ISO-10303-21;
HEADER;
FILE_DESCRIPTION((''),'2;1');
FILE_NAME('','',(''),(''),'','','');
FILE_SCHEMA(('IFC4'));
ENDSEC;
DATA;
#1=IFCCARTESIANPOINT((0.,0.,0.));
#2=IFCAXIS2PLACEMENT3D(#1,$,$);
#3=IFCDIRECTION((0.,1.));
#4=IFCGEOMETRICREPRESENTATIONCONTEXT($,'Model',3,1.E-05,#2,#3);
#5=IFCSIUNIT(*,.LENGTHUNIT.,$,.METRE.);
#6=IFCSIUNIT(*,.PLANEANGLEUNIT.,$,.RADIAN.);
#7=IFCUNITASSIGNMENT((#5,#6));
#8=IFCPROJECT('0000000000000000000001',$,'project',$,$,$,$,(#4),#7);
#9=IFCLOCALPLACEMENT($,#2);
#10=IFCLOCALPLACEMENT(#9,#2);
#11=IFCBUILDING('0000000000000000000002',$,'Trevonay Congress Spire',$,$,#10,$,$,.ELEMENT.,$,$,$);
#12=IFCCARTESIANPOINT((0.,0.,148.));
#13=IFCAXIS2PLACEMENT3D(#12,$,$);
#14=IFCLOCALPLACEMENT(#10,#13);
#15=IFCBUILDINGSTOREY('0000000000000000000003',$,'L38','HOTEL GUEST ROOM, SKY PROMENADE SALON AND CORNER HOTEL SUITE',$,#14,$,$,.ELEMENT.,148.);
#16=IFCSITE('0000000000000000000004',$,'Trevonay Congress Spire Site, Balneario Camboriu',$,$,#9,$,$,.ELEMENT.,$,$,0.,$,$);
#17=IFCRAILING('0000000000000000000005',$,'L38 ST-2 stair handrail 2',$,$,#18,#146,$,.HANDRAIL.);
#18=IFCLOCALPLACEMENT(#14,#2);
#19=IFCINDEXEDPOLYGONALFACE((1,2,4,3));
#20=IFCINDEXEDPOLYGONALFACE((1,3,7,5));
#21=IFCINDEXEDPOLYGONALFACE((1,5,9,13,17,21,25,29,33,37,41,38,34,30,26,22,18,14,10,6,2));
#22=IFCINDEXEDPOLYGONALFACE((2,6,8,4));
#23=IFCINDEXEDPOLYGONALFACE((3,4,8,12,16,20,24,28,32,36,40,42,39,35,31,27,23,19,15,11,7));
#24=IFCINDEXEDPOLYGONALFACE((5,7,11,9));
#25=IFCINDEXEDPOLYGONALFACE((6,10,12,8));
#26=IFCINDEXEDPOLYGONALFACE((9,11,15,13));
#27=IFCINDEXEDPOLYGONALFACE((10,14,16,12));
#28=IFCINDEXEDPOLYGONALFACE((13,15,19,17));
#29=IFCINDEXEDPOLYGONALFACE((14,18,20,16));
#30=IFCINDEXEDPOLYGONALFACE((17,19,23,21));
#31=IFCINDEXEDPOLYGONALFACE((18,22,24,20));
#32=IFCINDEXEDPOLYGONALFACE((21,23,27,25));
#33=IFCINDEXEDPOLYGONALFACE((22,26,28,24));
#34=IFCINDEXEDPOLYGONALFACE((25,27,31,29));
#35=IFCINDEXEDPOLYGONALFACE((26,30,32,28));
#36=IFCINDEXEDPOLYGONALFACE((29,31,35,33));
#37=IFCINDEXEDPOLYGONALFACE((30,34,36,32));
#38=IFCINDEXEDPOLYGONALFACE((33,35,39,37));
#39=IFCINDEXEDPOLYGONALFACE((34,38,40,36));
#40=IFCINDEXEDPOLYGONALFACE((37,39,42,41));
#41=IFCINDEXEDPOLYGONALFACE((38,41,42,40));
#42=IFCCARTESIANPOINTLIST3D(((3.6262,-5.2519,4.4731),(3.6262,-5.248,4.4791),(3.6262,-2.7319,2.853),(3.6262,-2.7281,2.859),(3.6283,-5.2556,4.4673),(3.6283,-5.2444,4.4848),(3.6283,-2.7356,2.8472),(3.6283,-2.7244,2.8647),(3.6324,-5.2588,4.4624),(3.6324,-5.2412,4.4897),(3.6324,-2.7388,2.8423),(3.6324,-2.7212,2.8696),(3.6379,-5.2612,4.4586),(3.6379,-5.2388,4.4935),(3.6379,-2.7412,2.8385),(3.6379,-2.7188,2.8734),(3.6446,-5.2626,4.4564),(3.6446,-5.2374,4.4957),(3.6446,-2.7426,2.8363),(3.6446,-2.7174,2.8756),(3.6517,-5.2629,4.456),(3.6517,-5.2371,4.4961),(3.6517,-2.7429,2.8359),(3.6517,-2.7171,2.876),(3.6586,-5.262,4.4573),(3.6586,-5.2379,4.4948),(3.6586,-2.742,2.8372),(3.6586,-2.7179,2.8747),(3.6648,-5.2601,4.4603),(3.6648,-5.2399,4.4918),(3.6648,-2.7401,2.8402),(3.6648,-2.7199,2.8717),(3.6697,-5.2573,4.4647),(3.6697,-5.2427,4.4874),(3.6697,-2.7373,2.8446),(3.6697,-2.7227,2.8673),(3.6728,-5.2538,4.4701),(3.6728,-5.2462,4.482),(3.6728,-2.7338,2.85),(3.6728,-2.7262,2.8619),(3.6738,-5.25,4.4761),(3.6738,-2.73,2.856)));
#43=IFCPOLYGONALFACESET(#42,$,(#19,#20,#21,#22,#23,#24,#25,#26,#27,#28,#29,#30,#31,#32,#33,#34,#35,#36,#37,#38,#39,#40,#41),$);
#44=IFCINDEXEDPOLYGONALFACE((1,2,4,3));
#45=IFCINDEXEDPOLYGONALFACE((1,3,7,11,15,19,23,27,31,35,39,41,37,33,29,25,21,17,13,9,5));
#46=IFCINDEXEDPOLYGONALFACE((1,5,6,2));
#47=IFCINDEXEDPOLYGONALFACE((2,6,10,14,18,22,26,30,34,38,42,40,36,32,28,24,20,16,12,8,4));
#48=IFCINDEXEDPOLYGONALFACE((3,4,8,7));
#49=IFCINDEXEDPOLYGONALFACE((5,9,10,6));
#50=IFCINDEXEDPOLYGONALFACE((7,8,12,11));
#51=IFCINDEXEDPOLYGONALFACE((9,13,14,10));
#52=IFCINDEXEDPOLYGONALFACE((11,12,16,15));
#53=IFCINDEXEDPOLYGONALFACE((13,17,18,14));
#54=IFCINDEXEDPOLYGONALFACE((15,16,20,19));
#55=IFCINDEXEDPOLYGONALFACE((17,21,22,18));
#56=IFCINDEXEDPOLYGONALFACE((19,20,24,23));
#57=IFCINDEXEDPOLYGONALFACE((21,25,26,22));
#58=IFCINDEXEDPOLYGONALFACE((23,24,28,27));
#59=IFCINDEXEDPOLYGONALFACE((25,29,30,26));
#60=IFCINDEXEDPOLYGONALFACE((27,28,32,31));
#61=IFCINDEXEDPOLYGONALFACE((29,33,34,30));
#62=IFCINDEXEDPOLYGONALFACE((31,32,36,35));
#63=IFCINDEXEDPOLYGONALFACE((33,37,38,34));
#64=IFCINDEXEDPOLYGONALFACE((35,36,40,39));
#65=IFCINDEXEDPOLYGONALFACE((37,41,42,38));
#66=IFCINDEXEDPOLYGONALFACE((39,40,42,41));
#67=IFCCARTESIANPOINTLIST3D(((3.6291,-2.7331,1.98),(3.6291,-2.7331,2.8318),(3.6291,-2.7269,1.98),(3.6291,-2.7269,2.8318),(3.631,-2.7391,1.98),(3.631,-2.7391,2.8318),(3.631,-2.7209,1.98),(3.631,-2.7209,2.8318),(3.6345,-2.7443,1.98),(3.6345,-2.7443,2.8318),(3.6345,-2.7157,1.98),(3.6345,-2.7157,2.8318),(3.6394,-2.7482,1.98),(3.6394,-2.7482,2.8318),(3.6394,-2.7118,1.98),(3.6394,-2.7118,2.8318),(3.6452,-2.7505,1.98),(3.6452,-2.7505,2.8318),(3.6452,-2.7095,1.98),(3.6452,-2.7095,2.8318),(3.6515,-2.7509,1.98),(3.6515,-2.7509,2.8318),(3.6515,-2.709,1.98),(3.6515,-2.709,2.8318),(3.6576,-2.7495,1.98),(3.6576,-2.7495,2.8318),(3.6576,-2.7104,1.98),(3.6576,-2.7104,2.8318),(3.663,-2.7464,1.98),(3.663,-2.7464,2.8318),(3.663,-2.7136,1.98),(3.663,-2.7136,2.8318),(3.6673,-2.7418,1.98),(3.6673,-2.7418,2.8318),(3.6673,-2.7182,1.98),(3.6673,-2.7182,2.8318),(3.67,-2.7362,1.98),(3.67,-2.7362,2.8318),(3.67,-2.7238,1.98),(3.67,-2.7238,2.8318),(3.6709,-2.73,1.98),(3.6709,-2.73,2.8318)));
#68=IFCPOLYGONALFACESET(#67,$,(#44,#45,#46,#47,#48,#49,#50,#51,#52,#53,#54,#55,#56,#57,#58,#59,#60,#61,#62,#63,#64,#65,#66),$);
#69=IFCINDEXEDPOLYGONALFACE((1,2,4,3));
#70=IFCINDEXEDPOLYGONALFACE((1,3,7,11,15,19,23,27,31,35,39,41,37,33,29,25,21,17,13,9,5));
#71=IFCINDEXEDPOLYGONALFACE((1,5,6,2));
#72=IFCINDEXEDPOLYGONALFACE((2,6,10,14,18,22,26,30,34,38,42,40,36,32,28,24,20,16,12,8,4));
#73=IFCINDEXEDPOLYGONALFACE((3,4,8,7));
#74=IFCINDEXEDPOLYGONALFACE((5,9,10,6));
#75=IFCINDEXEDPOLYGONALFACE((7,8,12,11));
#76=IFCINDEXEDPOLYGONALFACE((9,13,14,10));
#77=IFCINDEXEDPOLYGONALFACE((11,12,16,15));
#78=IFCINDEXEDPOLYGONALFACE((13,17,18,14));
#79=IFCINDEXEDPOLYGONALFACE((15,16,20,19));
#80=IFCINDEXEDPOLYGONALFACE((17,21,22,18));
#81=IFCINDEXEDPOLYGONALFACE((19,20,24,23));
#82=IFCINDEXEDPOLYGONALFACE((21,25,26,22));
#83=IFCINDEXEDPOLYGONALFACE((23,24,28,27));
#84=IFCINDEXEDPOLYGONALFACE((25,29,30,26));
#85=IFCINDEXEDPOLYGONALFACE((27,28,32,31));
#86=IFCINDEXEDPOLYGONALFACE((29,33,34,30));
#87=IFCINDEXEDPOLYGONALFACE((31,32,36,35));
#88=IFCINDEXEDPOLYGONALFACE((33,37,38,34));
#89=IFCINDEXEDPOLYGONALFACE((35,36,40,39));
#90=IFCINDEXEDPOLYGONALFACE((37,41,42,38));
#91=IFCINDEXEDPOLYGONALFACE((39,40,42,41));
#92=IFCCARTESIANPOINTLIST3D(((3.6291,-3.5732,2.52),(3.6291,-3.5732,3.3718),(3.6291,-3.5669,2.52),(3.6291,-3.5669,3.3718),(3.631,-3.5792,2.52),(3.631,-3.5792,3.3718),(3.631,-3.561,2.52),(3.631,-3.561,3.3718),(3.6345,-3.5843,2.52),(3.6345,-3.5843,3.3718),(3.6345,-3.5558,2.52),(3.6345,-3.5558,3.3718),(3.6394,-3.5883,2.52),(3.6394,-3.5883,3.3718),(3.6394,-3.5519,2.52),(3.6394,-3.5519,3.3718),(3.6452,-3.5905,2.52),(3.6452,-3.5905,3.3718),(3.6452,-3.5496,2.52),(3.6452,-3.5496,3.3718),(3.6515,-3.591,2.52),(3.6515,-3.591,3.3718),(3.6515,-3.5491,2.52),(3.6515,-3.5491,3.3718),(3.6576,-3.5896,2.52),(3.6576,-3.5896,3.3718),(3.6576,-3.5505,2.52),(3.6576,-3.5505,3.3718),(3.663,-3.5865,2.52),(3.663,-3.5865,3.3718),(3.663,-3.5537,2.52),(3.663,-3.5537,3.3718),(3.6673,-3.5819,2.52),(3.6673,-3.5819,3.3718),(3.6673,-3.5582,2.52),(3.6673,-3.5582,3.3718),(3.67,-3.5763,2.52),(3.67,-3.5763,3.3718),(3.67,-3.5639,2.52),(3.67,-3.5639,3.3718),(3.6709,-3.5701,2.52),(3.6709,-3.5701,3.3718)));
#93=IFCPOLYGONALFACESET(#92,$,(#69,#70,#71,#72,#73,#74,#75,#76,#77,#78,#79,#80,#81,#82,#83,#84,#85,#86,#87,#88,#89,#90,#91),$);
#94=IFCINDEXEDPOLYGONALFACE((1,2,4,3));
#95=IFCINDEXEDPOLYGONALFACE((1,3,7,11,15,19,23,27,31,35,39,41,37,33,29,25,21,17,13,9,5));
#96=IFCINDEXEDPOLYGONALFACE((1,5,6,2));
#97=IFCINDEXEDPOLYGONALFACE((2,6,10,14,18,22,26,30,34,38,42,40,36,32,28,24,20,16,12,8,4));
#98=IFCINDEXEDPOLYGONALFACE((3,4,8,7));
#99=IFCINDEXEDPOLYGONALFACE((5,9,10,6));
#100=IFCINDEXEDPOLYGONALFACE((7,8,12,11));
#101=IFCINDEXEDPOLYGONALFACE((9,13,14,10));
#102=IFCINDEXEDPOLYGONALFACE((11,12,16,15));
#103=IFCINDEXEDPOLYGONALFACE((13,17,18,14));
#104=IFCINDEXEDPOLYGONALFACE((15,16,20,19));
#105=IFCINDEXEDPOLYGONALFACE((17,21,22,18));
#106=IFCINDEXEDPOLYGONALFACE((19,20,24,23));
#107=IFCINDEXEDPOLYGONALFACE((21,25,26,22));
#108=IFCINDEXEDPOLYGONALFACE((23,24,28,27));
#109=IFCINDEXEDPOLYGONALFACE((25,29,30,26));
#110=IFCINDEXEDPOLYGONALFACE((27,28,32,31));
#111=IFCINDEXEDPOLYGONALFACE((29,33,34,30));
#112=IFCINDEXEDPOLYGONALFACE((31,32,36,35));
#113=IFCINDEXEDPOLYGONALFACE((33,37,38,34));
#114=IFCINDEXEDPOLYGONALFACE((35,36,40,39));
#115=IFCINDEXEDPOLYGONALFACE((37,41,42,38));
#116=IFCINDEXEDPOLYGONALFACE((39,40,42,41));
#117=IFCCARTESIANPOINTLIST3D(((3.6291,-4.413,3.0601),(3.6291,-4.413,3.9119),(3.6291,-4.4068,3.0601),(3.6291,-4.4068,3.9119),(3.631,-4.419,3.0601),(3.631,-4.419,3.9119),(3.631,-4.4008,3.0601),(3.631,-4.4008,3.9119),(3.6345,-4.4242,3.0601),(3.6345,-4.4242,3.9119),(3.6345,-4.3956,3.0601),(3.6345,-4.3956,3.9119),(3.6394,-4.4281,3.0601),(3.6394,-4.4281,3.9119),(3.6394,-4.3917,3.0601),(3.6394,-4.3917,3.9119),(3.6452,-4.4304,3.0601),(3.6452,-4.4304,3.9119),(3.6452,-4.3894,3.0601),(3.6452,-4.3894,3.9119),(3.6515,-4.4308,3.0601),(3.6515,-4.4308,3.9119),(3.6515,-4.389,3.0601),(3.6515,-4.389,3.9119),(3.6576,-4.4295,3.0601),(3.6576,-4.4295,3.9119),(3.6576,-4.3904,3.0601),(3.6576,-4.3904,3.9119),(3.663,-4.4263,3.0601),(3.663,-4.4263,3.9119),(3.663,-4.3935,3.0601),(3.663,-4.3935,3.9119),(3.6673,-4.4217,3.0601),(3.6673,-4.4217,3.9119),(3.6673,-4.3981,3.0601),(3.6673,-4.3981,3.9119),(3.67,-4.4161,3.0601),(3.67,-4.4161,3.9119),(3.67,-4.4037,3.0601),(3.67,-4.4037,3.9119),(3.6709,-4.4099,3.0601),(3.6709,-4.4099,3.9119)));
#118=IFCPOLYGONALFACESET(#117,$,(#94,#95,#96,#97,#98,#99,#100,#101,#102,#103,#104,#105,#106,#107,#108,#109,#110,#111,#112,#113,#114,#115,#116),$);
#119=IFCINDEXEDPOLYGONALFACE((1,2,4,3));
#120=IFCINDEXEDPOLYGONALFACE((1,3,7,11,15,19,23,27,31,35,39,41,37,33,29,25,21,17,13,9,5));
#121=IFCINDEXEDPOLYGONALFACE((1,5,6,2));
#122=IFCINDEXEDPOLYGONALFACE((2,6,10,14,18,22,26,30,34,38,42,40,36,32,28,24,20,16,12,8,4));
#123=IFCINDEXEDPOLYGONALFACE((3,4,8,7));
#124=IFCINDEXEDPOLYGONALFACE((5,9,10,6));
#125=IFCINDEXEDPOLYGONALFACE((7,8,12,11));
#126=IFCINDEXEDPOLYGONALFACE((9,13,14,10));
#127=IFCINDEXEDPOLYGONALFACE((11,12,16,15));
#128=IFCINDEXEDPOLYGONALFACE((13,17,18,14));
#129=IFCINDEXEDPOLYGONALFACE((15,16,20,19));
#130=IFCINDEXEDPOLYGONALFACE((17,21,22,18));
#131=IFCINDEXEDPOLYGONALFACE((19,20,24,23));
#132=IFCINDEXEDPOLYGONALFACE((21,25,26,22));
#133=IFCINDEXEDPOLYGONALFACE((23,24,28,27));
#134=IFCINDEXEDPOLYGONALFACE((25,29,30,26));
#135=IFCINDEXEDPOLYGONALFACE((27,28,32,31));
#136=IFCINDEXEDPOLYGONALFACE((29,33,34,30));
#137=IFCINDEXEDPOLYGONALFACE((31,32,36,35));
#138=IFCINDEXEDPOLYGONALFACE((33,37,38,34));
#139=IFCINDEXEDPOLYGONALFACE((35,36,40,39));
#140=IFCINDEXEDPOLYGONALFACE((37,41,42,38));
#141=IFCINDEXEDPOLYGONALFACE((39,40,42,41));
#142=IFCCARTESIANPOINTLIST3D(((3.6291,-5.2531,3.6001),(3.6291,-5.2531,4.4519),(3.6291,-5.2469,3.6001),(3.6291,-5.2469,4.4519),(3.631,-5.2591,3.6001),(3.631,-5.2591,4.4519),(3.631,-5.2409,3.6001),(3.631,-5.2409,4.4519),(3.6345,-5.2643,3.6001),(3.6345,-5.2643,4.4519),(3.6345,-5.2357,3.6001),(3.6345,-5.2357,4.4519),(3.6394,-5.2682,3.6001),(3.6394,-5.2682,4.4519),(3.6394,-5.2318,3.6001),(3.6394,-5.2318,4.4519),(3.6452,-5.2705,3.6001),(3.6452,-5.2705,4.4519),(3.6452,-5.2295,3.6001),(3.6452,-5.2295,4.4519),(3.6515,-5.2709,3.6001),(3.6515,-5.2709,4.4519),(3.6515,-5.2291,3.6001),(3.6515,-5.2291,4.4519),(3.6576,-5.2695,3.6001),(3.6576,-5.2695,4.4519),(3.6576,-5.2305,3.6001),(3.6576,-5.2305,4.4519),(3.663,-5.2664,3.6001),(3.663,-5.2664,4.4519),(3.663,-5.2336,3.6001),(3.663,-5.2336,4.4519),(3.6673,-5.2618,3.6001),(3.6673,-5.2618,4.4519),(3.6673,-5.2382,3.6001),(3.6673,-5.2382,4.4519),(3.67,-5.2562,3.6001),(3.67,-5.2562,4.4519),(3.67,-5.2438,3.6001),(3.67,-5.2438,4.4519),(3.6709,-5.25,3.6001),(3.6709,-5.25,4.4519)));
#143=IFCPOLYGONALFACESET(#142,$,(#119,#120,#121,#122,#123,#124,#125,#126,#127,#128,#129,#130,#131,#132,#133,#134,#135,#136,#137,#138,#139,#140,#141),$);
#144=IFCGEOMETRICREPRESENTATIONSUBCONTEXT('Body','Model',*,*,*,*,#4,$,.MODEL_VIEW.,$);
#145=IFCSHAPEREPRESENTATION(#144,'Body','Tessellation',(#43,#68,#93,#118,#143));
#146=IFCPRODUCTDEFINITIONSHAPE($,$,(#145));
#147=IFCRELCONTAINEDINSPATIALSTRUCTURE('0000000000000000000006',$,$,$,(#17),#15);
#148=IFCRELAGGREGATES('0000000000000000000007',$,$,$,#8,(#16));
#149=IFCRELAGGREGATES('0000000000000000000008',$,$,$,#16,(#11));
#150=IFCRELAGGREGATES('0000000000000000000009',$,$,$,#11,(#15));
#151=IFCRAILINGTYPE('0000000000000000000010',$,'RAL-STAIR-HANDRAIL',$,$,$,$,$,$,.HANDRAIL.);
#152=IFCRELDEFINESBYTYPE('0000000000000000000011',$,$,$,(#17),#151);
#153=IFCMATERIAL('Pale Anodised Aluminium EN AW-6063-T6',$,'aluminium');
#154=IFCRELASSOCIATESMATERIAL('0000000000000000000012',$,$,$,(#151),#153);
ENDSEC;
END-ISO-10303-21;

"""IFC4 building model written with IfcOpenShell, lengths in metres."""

from ifc_helpers import new_model, si_unit, direction, frame, origin, origin_2d, place, context, subcontext, project, spatial, circle, extrude, material, type_object, element, save


model = new_model("IFC4")

# Units and contexts
model_context = context("Model", 3, precision=1e-05, world=origin(), true_north=direction((0.0, 1.0)))
body_context = subcontext(model_context, "Body", "Model", "MODEL_VIEW")
ifc_project = project(units=[si_unit("LENGTHUNIT", "METRE"), si_unit("PLANEANGLEUNIT", "RADIAN")], contexts=[model_context])

# Site, building, storey
site_placement = place(None, origin())
site = spatial("IfcSite", under=ifc_project, at=site_placement, Name="Trevonay Congress Spire Site, Balneario Camboriu", CompositionType="ELEMENT", RefElevation=0.0)
building_placement = place(site_placement, origin())
building = spatial("IfcBuilding", under=site, at=building_placement, Name="Trevonay Congress Spire", CompositionType="ELEMENT")
storey_placement = place(building_placement, frame((0.0, 0.0, 148.0)))
storey = spatial("IfcBuildingStorey", under=building, at=storey_placement, Name="L38", Description="HOTEL GUEST ROOM, SKY PROMENADE SALON AND CORNER HOTEL SUITE", CompositionType="ELEMENT", Elevation=148.0)

# Railing
ifc_material_1 = material(Name="Pale Anodised Aluminium EN AW-6063-T6", Category="aluminium")
railing_type_1 = type_object("IfcRailingType", Name="RAL-STAIR-HANDRAIL", PredefinedType="HANDRAIL", material=ifc_material_1)
railing_1_placement = place(storey_placement, frame((3.6499, -2.73, 1.98)))
element("IfcRailing", 1, at=railing_1_placement, inside=storey, type_object=railing_type_1, Name="L38 ST-2 stair handrail 2", PredefinedType="HANDRAIL", context=body_context, shape_type="SweptSolid", body=[
    extrude(circle(Radius=0.0239, at=origin_2d()), frame((0.0, 0.0, 0.876), z_axis=(0.0, -0.841163, 0.540782), x_axis=(1.0, 0.0, 0.0)), (0.0, 0.0, 1.0), 2.9958),
    extrude(circle(Radius=0.021, at=origin_2d()), origin(), (0.0, 0.0, 1.0), 0.8518),
    extrude(circle(Radius=0.021, at=origin_2d()), frame((0.0, -0.8401, 0.54)), (0.0, 0.0, 1.0), 0.8518),
    extrude(circle(Radius=0.021, at=origin_2d()), frame((0.0, -1.6799, 1.0801)), (0.0, 0.0, 1.0), 0.8518),
    extrude(circle(Radius=0.021, at=origin_2d()), frame((0.0, -2.52, 1.6201)), (0.0, 0.0, 1.0), 0.8518),
])

save(model, "model.ifc")
